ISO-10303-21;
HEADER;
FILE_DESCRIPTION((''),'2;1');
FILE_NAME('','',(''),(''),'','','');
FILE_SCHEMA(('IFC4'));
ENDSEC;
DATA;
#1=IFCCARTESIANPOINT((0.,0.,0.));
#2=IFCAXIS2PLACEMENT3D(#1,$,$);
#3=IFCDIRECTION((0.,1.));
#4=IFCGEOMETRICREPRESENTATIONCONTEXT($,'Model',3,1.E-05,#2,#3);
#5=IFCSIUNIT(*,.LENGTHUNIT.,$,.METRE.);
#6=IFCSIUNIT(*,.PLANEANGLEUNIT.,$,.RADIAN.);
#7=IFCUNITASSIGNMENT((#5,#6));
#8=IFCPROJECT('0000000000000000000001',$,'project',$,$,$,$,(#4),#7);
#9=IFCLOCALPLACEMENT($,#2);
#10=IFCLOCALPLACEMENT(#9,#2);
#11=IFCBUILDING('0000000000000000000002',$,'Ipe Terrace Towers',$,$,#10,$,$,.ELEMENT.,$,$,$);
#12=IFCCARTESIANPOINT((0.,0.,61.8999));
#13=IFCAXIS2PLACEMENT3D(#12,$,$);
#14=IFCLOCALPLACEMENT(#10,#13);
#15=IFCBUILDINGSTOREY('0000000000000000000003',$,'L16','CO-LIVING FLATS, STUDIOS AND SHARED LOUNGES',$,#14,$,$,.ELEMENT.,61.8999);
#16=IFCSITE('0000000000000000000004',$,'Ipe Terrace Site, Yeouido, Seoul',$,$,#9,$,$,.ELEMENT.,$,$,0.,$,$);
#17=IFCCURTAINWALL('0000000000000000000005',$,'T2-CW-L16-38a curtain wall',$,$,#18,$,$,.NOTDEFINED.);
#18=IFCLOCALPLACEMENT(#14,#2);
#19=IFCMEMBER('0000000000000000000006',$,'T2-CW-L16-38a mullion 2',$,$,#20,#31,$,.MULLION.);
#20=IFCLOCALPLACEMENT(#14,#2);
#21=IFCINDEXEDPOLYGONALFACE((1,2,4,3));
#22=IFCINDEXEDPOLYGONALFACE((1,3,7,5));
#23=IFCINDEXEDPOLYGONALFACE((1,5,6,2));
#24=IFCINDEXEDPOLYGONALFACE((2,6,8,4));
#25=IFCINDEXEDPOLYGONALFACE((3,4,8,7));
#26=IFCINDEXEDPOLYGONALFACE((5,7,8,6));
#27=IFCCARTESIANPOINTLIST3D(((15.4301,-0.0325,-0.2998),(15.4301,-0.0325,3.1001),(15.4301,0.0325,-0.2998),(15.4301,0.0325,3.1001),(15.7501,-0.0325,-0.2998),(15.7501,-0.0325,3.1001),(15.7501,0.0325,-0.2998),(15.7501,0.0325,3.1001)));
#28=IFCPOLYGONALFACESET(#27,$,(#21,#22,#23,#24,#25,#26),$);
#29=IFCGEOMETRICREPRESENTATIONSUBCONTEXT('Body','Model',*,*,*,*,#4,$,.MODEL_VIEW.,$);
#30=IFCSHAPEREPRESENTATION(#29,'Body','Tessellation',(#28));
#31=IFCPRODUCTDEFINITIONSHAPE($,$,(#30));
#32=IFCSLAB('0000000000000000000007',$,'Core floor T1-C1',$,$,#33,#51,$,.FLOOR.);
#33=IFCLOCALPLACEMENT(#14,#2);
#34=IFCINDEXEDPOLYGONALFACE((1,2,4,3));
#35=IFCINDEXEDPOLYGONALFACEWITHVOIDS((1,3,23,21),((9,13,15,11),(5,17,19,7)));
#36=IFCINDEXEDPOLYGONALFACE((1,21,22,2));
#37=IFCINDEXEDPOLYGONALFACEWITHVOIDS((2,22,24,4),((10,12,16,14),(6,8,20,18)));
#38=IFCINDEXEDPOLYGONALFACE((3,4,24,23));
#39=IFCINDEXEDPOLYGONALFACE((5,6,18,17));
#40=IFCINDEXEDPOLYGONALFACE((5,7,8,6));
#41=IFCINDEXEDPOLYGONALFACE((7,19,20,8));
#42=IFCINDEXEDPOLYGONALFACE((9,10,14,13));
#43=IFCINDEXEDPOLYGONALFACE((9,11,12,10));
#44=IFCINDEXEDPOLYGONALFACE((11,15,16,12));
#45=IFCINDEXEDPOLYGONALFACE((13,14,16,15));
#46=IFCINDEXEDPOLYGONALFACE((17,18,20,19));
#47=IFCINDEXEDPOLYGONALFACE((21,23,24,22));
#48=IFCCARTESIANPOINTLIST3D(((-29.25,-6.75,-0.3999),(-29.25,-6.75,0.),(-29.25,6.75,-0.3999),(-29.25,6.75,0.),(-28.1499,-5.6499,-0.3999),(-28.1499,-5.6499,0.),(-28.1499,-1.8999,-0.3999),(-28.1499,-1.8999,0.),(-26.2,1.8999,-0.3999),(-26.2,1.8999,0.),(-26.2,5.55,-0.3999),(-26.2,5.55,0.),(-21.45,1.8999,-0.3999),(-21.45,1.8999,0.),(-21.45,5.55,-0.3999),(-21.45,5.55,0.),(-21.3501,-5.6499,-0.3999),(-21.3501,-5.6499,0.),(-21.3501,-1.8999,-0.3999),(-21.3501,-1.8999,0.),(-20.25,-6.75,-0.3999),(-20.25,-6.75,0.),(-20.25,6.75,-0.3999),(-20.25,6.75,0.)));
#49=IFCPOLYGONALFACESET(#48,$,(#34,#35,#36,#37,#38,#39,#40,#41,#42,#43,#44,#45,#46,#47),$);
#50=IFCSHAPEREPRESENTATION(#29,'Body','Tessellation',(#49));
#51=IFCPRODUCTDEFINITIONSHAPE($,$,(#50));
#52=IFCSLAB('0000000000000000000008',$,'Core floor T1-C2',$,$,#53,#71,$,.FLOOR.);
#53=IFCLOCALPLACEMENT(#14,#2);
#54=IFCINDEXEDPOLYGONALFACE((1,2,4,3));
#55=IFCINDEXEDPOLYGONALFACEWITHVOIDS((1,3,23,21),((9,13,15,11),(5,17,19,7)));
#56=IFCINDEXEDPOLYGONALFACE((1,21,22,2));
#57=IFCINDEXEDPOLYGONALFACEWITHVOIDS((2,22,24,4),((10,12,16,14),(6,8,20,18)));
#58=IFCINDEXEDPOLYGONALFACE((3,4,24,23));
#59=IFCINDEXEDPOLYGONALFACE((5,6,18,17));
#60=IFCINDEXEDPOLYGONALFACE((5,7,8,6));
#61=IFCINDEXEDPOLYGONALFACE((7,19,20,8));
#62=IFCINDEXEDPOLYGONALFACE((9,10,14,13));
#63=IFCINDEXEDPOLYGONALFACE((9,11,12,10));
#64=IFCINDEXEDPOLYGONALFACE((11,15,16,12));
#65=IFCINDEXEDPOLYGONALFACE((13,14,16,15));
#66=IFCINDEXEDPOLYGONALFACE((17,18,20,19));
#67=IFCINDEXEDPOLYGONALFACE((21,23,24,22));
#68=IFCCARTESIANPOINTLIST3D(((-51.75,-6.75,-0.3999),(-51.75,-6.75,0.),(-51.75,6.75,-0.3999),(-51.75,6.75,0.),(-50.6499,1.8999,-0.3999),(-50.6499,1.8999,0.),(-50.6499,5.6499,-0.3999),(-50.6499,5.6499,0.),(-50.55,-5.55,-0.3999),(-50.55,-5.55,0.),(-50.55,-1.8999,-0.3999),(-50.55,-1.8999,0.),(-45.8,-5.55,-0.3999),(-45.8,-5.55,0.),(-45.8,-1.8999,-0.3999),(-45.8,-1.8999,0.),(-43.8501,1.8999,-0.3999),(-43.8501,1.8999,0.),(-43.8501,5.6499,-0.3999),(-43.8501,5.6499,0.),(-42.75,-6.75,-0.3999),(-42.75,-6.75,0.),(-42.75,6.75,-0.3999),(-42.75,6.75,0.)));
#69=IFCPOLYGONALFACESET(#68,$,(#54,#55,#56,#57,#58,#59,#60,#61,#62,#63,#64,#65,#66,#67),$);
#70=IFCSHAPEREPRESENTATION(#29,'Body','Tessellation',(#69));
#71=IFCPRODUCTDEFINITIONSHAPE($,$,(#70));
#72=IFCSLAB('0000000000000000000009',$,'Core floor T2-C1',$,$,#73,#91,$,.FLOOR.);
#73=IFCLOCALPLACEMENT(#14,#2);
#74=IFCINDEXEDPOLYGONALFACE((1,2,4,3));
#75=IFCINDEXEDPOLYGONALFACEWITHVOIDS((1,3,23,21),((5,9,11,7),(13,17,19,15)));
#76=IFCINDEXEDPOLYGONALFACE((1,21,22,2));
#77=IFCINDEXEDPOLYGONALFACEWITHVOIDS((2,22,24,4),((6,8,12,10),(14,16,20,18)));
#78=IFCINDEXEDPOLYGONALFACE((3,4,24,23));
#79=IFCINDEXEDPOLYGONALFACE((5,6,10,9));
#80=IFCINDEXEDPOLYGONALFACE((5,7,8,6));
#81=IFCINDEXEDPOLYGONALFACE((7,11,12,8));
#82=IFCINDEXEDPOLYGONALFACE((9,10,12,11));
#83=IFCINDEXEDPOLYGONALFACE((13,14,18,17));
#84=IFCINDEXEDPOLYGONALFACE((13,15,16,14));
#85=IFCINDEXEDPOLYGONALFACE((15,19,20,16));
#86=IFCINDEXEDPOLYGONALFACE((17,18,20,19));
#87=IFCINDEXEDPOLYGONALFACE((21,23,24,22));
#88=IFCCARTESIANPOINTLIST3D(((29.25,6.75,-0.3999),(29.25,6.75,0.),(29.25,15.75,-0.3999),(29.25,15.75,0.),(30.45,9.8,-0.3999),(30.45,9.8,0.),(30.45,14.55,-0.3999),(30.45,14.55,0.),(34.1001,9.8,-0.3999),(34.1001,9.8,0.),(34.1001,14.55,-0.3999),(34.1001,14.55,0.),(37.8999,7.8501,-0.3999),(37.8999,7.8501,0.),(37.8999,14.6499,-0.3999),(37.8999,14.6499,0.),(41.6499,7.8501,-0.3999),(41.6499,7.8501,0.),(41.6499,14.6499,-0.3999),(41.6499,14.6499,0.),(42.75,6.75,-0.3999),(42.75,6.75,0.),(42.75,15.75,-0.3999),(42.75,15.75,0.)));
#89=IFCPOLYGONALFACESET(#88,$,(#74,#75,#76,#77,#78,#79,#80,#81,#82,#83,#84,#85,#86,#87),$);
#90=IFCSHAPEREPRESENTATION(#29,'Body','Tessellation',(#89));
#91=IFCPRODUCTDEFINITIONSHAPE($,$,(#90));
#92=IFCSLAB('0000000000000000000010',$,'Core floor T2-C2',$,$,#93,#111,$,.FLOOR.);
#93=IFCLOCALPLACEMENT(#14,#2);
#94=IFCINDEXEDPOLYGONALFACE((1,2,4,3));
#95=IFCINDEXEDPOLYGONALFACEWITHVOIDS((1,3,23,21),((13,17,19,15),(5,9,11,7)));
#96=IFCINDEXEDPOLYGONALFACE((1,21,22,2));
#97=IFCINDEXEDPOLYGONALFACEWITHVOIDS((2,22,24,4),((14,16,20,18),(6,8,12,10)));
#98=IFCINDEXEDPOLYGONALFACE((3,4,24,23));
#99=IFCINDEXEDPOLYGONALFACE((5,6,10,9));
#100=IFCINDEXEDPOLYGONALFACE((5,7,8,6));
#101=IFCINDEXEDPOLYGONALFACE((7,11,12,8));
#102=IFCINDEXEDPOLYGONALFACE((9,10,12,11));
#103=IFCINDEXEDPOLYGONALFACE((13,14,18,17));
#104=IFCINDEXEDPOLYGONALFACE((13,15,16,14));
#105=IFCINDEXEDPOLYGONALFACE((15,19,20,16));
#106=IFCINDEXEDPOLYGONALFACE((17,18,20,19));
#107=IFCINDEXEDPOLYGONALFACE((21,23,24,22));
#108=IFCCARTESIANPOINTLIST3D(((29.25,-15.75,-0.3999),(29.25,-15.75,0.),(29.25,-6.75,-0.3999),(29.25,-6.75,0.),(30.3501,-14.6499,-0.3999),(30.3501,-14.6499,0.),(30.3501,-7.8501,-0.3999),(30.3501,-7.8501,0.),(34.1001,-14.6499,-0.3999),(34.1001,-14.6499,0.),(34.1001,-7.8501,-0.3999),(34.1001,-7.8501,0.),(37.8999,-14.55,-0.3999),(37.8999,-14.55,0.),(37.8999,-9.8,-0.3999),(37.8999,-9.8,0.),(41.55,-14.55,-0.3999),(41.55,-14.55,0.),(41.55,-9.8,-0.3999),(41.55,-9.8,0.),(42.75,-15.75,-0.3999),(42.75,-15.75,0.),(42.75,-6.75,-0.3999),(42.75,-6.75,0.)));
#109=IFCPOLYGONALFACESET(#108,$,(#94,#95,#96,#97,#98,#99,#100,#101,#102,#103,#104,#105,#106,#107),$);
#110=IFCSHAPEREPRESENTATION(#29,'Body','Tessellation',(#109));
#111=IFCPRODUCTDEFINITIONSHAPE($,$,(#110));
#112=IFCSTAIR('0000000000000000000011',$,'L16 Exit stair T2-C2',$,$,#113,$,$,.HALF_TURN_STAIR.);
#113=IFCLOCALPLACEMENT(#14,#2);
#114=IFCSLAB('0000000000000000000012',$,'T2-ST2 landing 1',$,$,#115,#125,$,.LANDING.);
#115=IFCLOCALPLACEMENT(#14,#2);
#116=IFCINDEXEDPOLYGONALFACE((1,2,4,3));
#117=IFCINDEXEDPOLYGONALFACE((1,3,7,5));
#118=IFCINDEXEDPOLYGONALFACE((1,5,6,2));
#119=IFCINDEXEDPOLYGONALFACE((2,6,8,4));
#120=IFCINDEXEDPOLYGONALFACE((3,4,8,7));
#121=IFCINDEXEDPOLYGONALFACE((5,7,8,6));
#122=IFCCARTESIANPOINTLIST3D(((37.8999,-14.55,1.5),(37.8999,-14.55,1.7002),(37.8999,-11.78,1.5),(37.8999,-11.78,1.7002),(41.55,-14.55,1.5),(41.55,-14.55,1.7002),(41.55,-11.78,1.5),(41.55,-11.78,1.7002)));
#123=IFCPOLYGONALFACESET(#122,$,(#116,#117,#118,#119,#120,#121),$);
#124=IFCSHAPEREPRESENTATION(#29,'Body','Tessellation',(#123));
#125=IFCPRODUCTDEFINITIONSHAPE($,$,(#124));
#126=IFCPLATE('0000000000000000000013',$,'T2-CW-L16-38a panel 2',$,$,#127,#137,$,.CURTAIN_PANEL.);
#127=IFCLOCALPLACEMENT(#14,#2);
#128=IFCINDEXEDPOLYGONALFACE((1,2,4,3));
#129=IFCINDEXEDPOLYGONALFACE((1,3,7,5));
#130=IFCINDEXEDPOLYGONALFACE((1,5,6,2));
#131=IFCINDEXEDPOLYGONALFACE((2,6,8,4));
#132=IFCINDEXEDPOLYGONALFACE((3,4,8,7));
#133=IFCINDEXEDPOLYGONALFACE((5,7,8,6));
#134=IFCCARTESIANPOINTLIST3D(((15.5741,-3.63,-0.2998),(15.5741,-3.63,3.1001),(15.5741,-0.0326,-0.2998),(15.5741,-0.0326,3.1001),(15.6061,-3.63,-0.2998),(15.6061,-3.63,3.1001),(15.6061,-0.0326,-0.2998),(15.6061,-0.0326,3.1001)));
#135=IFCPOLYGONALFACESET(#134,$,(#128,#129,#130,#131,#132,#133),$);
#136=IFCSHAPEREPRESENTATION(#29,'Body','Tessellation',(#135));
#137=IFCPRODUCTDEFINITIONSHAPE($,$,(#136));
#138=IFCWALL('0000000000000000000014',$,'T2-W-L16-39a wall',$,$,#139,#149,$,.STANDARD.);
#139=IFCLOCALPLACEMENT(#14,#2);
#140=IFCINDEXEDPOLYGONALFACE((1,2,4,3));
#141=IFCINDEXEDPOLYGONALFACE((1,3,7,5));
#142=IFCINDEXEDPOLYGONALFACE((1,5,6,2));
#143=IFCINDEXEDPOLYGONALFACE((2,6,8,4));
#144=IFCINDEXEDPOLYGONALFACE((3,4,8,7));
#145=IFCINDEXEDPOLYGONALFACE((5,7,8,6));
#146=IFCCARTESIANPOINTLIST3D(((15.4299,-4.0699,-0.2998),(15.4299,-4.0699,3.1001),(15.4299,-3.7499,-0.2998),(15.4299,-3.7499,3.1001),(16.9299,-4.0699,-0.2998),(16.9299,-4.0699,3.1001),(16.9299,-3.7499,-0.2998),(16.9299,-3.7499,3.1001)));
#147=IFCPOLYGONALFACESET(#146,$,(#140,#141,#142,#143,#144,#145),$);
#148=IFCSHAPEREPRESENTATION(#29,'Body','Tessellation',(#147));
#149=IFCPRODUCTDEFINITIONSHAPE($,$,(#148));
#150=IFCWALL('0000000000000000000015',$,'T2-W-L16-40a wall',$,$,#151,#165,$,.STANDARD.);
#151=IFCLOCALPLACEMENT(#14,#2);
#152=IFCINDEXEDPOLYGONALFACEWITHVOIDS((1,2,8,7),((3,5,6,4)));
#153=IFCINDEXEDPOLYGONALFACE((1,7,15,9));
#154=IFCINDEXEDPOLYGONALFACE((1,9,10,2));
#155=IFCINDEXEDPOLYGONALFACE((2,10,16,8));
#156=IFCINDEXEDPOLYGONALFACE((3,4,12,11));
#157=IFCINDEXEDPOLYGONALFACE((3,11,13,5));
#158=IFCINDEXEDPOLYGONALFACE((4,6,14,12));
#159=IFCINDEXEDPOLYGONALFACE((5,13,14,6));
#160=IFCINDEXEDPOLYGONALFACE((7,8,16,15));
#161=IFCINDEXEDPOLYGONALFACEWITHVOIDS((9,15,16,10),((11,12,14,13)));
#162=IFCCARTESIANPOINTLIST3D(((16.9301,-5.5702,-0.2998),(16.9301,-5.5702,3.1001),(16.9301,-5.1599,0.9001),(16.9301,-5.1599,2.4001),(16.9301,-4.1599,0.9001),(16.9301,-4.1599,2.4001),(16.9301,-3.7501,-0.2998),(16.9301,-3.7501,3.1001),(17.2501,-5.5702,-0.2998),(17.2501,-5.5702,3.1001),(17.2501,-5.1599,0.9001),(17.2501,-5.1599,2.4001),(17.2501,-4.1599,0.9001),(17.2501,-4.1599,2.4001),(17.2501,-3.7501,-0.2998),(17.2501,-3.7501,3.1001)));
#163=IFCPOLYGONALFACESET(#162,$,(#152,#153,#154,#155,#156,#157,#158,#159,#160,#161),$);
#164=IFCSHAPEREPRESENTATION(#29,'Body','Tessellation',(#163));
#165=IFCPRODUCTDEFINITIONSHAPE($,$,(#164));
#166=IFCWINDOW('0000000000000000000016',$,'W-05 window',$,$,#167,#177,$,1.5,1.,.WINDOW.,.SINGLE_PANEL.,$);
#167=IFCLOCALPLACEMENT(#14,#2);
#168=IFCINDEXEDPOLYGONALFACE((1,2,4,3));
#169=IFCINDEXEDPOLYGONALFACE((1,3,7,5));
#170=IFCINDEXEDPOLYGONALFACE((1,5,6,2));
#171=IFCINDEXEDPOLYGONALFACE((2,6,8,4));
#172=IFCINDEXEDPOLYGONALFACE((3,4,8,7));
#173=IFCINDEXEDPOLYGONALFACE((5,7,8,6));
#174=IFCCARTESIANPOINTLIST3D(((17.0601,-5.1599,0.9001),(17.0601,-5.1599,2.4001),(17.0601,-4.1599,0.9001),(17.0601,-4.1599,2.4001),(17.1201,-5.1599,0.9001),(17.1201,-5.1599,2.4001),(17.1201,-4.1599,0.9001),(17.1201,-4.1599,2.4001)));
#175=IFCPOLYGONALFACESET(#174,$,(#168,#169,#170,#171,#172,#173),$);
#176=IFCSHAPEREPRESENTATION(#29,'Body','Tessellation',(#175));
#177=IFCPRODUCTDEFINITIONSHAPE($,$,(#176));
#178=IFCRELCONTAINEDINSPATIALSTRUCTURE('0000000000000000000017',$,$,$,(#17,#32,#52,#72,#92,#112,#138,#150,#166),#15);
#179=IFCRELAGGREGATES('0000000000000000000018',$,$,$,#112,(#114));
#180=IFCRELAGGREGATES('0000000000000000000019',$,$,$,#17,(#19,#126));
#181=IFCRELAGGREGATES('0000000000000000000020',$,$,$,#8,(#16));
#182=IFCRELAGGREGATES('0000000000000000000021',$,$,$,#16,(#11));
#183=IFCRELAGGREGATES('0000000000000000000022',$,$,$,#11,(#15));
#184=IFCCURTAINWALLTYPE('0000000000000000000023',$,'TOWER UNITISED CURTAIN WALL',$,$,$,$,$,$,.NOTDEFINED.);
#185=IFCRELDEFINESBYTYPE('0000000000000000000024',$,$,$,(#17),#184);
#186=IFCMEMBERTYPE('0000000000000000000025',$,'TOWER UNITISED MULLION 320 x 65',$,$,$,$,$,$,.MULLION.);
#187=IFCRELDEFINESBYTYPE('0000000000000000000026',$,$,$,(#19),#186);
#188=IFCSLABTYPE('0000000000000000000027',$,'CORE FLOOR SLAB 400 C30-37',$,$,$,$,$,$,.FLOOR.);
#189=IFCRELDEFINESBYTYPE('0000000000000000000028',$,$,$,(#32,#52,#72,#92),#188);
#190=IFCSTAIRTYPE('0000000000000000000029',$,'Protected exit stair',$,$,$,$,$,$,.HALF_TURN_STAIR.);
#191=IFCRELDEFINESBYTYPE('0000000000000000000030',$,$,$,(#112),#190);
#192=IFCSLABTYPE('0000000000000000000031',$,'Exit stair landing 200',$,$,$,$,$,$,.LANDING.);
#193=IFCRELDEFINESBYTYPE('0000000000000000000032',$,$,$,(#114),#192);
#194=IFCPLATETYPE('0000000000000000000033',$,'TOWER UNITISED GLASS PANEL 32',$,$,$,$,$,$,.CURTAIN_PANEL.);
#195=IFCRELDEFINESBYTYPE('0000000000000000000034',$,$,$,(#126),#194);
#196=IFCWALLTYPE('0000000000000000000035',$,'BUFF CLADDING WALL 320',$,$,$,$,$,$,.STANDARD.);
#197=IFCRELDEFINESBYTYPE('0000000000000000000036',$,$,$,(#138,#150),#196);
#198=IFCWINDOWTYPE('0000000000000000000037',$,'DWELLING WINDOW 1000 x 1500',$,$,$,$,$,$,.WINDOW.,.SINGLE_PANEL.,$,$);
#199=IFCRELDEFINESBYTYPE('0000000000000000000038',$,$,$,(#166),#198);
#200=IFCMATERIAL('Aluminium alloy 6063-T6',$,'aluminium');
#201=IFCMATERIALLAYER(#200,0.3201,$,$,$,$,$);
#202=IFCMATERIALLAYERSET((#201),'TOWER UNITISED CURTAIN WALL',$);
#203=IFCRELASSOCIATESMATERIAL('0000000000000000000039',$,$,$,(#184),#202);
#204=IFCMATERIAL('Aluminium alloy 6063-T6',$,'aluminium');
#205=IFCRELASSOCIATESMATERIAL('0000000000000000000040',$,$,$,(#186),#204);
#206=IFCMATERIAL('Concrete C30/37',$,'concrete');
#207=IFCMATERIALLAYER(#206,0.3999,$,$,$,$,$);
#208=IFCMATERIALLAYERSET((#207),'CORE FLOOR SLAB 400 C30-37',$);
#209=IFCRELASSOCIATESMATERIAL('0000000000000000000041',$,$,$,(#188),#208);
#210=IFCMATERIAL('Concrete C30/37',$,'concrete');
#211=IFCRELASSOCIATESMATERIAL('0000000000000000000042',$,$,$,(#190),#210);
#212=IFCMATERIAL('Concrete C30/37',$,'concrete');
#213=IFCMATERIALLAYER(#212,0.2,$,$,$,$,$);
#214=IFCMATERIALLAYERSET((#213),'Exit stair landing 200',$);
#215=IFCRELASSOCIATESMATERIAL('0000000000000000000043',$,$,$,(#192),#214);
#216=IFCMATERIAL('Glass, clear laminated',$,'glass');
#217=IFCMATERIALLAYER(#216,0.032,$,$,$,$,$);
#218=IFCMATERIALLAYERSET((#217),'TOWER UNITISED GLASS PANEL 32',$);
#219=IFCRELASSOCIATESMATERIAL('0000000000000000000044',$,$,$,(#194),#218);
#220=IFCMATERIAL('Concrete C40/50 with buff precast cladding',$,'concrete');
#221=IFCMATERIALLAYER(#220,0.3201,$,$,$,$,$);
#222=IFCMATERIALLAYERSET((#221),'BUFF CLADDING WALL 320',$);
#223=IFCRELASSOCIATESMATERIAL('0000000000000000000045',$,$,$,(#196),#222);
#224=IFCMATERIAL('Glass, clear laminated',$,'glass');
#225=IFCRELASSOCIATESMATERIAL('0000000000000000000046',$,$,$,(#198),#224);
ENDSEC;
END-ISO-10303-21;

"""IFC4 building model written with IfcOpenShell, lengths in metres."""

from ifc_helpers import new_model, si_unit, direction, frame, frame_2d, origin, origin_2d, place, context, subcontext, project, spatial, polyline, rectangle, outline, extrude, material, layer, layer_set, material_profile, profile_set, type_object, element, fill, aggregate, save


model = new_model("IFC4")

# Units and contexts
model_context = context("Model", 3, precision=1e-05, world=origin(), true_north=direction((0.0, 1.0)))
body_context = subcontext(model_context, "Body", "Model", "MODEL_VIEW")
ifc_project = project(units=[si_unit("LENGTHUNIT", "METRE"), si_unit("PLANEANGLEUNIT", "RADIAN")], contexts=[model_context])

# Site, building, storey
site_placement = place(None, origin())
site = spatial("IfcSite", under=ifc_project, at=site_placement, Name="Ipe Terrace Site, Yeouido, Seoul", CompositionType="ELEMENT", RefElevation=0.0)
building_placement = place(site_placement, origin())
building = spatial("IfcBuilding", under=site, at=building_placement, Name="Ipe Terrace Towers", CompositionType="ELEMENT")
storey_placement = place(building_placement, frame((0.0, 0.0, 61.8999)))
storey = spatial("IfcBuildingStorey", under=building, at=storey_placement, Name="L16", Description="CO-LIVING FLATS, STUDIOS AND SHARED LOUNGES", CompositionType="ELEMENT", Elevation=61.8999)

# Curtain wall
ifc_material_1 = material(Name="Aluminium alloy 6063-T6", Category="aluminium")
ifc_layer_1 = layer(ifc_material_1, 0.3201)
ifc_layer_set_1 = layer_set([ifc_layer_1], Name="TOWER UNITISED CURTAIN WALL")
curtain_wall_type = type_object("IfcCurtainWallType", Name="TOWER UNITISED CURTAIN WALL", PredefinedType="NOTDEFINED", material=ifc_layer_set_1)
curtain_wall_1_placement = place(storey_placement, origin())
curtain_wall_1 = element("IfcCurtainWall", 1, at=curtain_wall_1_placement, inside=storey, type_object=curtain_wall_type, Name="T2-CW-L16-38a curtain wall", PredefinedType="NOTDEFINED")

# Member
ifc_material_2 = material(Name="Aluminium alloy 6063-T6", Category="aluminium")
ifc_material_profile_1 = material_profile(ifc_material_2, rectangle(XDim=0.3201, YDim=0.0649, at=origin_2d()), Name="TOWER UNITISED MULLION 320 x 65")
ifc_profile_set_1 = profile_set([ifc_material_profile_1], Name="Aluminium alloy 6063-T6")
member_type_1 = type_object("IfcMemberType", Name="TOWER UNITISED MULLION 320 x 65", PredefinedType="MULLION", material=ifc_profile_set_1)
member_1_placement = place(storey_placement, frame((15.5901, 0.0, -0.2998), z_axis=(0.0, 0.0, 1.0), x_axis=(-1.0, 0.0, 0.0)))
member_1 = element("IfcMember", 2, at=member_1_placement, type_object=member_type_1, Name="T2-CW-L16-38a mullion 2", PredefinedType="MULLION", context=body_context, shape_type="SweptSolid", body=[
    extrude(rectangle(XDim=0.3201, YDim=0.0649, at=origin_2d()), origin(), (0.0, 0.0, 1.0), 3.3999),
])

# Slabs
ifc_material_3 = material(Name="Concrete C30/37", Category="concrete")
ifc_layer_2 = layer(ifc_material_3, 0.3999)
ifc_layer_set_2 = layer_set([ifc_layer_2], Name="CORE FLOOR SLAB 400 C30-37")
slab_type_1 = type_object("IfcSlabType", Name="CORE FLOOR SLAB 400 C30-37", PredefinedType="FLOOR", material=ifc_layer_set_2)
slab_1_placement = place(storey_placement, frame((0.0, 0.0, -0.3999)))
element("IfcSlab", 3, at=slab_1_placement, inside=storey, type_object=slab_type_1, Name="Core floor T1-C1", PredefinedType="FLOOR", context=body_context, shape_type="SweptSolid", body=[
    extrude(outline(polyline([(-29.25, -6.75), (-29.25, 6.75), (-20.25, 6.75), (-20.25, -6.75), (-29.25, -6.75)]), holes=[polyline([(-28.1499, -5.6499), (-21.3501, -5.6499), (-21.3501, -1.8999), (-28.1499, -1.8999), (-28.1499, -5.6499)]), polyline([(-26.2, 5.55), (-26.2, 1.8999), (-21.45, 1.8999), (-21.45, 5.55), (-26.2, 5.55)])]), origin(), (0.0, 0.0, 1.0), 0.3999),
])
slab_2_placement = place(storey_placement, frame((0.0, 0.0, -0.3999)))
element("IfcSlab", 4, at=slab_2_placement, inside=storey, type_object=slab_type_1, Name="Core floor T1-C2", PredefinedType="FLOOR", context=body_context, shape_type="SweptSolid", body=[
    extrude(outline(polyline([(-51.75, -6.75), (-51.75, 6.75), (-42.75, 6.75), (-42.75, -6.75), (-51.75, -6.75)]), holes=[polyline([(-45.8, -5.55), (-45.8, -1.8999), (-50.55, -1.8999), (-50.55, -5.55), (-45.8, -5.55)]), polyline([(-50.6499, 1.8999), (-43.8501, 1.8999), (-43.8501, 5.6499), (-50.6499, 5.6499), (-50.6499, 1.8999)])]), origin(), (0.0, 0.0, 1.0), 0.3999),
])
slab_3_placement = place(storey_placement, frame((0.0, 0.0, -0.3999)))
element("IfcSlab", 5, at=slab_3_placement, inside=storey, type_object=slab_type_1, Name="Core floor T2-C1", PredefinedType="FLOOR", context=body_context, shape_type="SweptSolid", body=[
    extrude(outline(polyline([(29.25, 6.75), (29.25, 15.75), (42.75, 15.75), (42.75, 6.75), (29.25, 6.75)]), holes=[polyline([(41.6499, 7.8501), (41.6499, 14.6499), (37.8999, 14.6499), (37.8999, 7.8501), (41.6499, 7.8501)]), polyline([(30.45, 9.8), (34.1001, 9.8), (34.1001, 14.55), (30.45, 14.55), (30.45, 9.8)])]), origin(), (0.0, 0.0, 1.0), 0.3999),
])
slab_4_placement = place(storey_placement, frame((0.0, 0.0, -0.3999)))
element("IfcSlab", 6, at=slab_4_placement, inside=storey, type_object=slab_type_1, Name="Core floor T2-C2", PredefinedType="FLOOR", context=body_context, shape_type="SweptSolid", body=[
    extrude(outline(polyline([(29.25, -15.75), (29.25, -6.75), (42.75, -6.75), (42.75, -15.75), (29.25, -15.75)]), holes=[polyline([(34.1001, -14.6499), (34.1001, -7.8501), (30.3501, -7.8501), (30.3501, -14.6499), (34.1001, -14.6499)]), polyline([(41.55, -9.8), (37.8999, -9.8), (37.8999, -14.55), (41.55, -14.55), (41.55, -9.8)])]), origin(), (0.0, 0.0, 1.0), 0.3999),
])

# Stair, slab
ifc_material_4 = material(Name="Concrete C30/37", Category="concrete")
stair_type = type_object("IfcStairType", Name="Protected exit stair", PredefinedType="HALF_TURN_STAIR", material=ifc_material_4)
stair_placement = place(storey_placement, origin())
stair = element("IfcStair", 7, at=stair_placement, inside=storey, type_object=stair_type, Name="L16 Exit stair T2-C2", PredefinedType="HALF_TURN_STAIR")
ifc_material_5 = material(Name="Concrete C30/37", Category="concrete")
ifc_layer_3 = layer(ifc_material_5, 0.2)
ifc_layer_set_3 = layer_set([ifc_layer_3], Name="Exit stair landing 200")
slab_type_2 = type_object("IfcSlabType", Name="Exit stair landing 200", PredefinedType="LANDING", material=ifc_layer_set_3)
slab_5_placement = place(storey_placement, frame((0.0, 0.0, 1.5)))
slab_5 = element("IfcSlab", 8, at=slab_5_placement, type_object=slab_type_2, Name="T2-ST2 landing 1", PredefinedType="LANDING", context=body_context, shape_type="SweptSolid", body=[
    extrude(outline(polyline([(37.8999, -11.78), (37.8999, -14.55), (41.55, -14.55), (41.55, -11.78), (37.8999, -11.78)])), origin(), (0.0, 0.0, 1.0), 0.2002),
])
aggregate(stair, [slab_5])

# Plate
ifc_material_6 = material(Name="Glass, clear laminated", Category="glass")
ifc_layer_4 = layer(ifc_material_6, 0.032)
ifc_layer_set_4 = layer_set([ifc_layer_4], Name="TOWER UNITISED GLASS PANEL 32")
plate_type = type_object("IfcPlateType", Name="TOWER UNITISED GLASS PANEL 32", PredefinedType="CURTAIN_PANEL", material=ifc_layer_set_4)
plate_placement = place(storey_placement, frame((15.5901, -1.8313, -0.2998), z_axis=(0.0, 0.0, 1.0), x_axis=(0.0, -1.0, 0.0)))
plate = element("IfcPlate", 9, at=plate_placement, type_object=plate_type, Name="T2-CW-L16-38a panel 2", PredefinedType="CURTAIN_PANEL", context=body_context, shape_type="SweptSolid", body=[
    extrude(rectangle(XDim=3.5974, YDim=0.032, at=origin_2d()), origin(), (0.0, 0.0, 1.0), 3.3999),
])
aggregate(curtain_wall_1, [member_1, plate])

# Wall
ifc_material_7 = material(Name="Concrete C40/50 with buff precast cladding", Category="concrete")
ifc_layer_5 = layer(ifc_material_7, 0.3201)
ifc_layer_set_5 = layer_set([ifc_layer_5], Name="BUFF CLADDING WALL 320")
wall_type = type_object("IfcWallType", Name="BUFF CLADDING WALL 320", PredefinedType="STANDARD", material=ifc_layer_set_5)
wall_1_placement = place(storey_placement, frame((15.4299, -3.9099, -0.2998), z_axis=(0.0, 0.0, 1.0), x_axis=(1.0, 0.0, 0.0)))
element("IfcWall", 10, at=wall_1_placement, inside=storey, type_object=wall_type, Name="T2-W-L16-39a wall", PredefinedType="STANDARD", context=body_context, shape_type="SweptSolid", body=[
    extrude(rectangle(XDim=1.5, YDim=0.3201, at=frame_2d((0.75, 0.0))), origin(), (0.0, 0.0, 1.0), 3.3999),
])

# Wall, opening, window
wall_2_placement = place(storey_placement, frame((17.0901, -3.75, -0.2998), z_axis=(0.0, 0.0, 1.0), x_axis=(0.0, -1.0, 0.0)))
wall_2 = element("IfcWall", 11, at=wall_2_placement, inside=storey, type_object=wall_type, Name="T2-W-L16-40a wall", PredefinedType="STANDARD", context=body_context, shape_type="SweptSolid", body=[
    extrude(rectangle(XDim=1.8201, YDim=0.3201, at=frame_2d((0.9102, 0.0))), origin(), (0.0, 0.0, 1.0), 3.3999),
])
opening_placement = place(wall_2_placement, frame((0.4099, 0.0, 1.2)))
opening = element("IfcOpeningElement", 12, at=opening_placement, cuts=wall_2, PredefinedType="OPENING", context=body_context, shape_type="SweptSolid", body=[
    extrude(rectangle(XDim=1.0, YDim=1.5, at=frame_2d((0.5, 0.75))), frame((0.0, 0.1699, 0.0), z_axis=(0.0, -1.0, 0.0), x_axis=(1.0, 0.0, 0.0)), (0.0, 0.0, 1.0), 0.3401),
])
ifc_material_8 = material(Name="Glass, clear laminated", Category="glass")
window_type = type_object("IfcWindowType", Name="DWELLING WINDOW 1000 x 1500", PartitioningType="SINGLE_PANEL", PredefinedType="WINDOW", material=ifc_material_8)
window_placement = place(opening_placement, origin())
window = element("IfcWindow", 13, at=window_placement, inside=storey, type_object=window_type, Name="W-05 window", OverallHeight=1.5, OverallWidth=1.0, PartitioningType="SINGLE_PANEL", PredefinedType="WINDOW", context=body_context, shape_type="SweptSolid", body=[
    extrude(rectangle(XDim=1.0, YDim=1.5, at=frame_2d((0.5, 0.75))), frame((0.0, 0.03, 0.0), z_axis=(0.0, -1.0, 0.0), x_axis=(1.0, 0.0, 0.0)), (0.0, 0.0, 1.0), 0.0601),
])
fill(opening, window)

save(model, "model.ifc")
